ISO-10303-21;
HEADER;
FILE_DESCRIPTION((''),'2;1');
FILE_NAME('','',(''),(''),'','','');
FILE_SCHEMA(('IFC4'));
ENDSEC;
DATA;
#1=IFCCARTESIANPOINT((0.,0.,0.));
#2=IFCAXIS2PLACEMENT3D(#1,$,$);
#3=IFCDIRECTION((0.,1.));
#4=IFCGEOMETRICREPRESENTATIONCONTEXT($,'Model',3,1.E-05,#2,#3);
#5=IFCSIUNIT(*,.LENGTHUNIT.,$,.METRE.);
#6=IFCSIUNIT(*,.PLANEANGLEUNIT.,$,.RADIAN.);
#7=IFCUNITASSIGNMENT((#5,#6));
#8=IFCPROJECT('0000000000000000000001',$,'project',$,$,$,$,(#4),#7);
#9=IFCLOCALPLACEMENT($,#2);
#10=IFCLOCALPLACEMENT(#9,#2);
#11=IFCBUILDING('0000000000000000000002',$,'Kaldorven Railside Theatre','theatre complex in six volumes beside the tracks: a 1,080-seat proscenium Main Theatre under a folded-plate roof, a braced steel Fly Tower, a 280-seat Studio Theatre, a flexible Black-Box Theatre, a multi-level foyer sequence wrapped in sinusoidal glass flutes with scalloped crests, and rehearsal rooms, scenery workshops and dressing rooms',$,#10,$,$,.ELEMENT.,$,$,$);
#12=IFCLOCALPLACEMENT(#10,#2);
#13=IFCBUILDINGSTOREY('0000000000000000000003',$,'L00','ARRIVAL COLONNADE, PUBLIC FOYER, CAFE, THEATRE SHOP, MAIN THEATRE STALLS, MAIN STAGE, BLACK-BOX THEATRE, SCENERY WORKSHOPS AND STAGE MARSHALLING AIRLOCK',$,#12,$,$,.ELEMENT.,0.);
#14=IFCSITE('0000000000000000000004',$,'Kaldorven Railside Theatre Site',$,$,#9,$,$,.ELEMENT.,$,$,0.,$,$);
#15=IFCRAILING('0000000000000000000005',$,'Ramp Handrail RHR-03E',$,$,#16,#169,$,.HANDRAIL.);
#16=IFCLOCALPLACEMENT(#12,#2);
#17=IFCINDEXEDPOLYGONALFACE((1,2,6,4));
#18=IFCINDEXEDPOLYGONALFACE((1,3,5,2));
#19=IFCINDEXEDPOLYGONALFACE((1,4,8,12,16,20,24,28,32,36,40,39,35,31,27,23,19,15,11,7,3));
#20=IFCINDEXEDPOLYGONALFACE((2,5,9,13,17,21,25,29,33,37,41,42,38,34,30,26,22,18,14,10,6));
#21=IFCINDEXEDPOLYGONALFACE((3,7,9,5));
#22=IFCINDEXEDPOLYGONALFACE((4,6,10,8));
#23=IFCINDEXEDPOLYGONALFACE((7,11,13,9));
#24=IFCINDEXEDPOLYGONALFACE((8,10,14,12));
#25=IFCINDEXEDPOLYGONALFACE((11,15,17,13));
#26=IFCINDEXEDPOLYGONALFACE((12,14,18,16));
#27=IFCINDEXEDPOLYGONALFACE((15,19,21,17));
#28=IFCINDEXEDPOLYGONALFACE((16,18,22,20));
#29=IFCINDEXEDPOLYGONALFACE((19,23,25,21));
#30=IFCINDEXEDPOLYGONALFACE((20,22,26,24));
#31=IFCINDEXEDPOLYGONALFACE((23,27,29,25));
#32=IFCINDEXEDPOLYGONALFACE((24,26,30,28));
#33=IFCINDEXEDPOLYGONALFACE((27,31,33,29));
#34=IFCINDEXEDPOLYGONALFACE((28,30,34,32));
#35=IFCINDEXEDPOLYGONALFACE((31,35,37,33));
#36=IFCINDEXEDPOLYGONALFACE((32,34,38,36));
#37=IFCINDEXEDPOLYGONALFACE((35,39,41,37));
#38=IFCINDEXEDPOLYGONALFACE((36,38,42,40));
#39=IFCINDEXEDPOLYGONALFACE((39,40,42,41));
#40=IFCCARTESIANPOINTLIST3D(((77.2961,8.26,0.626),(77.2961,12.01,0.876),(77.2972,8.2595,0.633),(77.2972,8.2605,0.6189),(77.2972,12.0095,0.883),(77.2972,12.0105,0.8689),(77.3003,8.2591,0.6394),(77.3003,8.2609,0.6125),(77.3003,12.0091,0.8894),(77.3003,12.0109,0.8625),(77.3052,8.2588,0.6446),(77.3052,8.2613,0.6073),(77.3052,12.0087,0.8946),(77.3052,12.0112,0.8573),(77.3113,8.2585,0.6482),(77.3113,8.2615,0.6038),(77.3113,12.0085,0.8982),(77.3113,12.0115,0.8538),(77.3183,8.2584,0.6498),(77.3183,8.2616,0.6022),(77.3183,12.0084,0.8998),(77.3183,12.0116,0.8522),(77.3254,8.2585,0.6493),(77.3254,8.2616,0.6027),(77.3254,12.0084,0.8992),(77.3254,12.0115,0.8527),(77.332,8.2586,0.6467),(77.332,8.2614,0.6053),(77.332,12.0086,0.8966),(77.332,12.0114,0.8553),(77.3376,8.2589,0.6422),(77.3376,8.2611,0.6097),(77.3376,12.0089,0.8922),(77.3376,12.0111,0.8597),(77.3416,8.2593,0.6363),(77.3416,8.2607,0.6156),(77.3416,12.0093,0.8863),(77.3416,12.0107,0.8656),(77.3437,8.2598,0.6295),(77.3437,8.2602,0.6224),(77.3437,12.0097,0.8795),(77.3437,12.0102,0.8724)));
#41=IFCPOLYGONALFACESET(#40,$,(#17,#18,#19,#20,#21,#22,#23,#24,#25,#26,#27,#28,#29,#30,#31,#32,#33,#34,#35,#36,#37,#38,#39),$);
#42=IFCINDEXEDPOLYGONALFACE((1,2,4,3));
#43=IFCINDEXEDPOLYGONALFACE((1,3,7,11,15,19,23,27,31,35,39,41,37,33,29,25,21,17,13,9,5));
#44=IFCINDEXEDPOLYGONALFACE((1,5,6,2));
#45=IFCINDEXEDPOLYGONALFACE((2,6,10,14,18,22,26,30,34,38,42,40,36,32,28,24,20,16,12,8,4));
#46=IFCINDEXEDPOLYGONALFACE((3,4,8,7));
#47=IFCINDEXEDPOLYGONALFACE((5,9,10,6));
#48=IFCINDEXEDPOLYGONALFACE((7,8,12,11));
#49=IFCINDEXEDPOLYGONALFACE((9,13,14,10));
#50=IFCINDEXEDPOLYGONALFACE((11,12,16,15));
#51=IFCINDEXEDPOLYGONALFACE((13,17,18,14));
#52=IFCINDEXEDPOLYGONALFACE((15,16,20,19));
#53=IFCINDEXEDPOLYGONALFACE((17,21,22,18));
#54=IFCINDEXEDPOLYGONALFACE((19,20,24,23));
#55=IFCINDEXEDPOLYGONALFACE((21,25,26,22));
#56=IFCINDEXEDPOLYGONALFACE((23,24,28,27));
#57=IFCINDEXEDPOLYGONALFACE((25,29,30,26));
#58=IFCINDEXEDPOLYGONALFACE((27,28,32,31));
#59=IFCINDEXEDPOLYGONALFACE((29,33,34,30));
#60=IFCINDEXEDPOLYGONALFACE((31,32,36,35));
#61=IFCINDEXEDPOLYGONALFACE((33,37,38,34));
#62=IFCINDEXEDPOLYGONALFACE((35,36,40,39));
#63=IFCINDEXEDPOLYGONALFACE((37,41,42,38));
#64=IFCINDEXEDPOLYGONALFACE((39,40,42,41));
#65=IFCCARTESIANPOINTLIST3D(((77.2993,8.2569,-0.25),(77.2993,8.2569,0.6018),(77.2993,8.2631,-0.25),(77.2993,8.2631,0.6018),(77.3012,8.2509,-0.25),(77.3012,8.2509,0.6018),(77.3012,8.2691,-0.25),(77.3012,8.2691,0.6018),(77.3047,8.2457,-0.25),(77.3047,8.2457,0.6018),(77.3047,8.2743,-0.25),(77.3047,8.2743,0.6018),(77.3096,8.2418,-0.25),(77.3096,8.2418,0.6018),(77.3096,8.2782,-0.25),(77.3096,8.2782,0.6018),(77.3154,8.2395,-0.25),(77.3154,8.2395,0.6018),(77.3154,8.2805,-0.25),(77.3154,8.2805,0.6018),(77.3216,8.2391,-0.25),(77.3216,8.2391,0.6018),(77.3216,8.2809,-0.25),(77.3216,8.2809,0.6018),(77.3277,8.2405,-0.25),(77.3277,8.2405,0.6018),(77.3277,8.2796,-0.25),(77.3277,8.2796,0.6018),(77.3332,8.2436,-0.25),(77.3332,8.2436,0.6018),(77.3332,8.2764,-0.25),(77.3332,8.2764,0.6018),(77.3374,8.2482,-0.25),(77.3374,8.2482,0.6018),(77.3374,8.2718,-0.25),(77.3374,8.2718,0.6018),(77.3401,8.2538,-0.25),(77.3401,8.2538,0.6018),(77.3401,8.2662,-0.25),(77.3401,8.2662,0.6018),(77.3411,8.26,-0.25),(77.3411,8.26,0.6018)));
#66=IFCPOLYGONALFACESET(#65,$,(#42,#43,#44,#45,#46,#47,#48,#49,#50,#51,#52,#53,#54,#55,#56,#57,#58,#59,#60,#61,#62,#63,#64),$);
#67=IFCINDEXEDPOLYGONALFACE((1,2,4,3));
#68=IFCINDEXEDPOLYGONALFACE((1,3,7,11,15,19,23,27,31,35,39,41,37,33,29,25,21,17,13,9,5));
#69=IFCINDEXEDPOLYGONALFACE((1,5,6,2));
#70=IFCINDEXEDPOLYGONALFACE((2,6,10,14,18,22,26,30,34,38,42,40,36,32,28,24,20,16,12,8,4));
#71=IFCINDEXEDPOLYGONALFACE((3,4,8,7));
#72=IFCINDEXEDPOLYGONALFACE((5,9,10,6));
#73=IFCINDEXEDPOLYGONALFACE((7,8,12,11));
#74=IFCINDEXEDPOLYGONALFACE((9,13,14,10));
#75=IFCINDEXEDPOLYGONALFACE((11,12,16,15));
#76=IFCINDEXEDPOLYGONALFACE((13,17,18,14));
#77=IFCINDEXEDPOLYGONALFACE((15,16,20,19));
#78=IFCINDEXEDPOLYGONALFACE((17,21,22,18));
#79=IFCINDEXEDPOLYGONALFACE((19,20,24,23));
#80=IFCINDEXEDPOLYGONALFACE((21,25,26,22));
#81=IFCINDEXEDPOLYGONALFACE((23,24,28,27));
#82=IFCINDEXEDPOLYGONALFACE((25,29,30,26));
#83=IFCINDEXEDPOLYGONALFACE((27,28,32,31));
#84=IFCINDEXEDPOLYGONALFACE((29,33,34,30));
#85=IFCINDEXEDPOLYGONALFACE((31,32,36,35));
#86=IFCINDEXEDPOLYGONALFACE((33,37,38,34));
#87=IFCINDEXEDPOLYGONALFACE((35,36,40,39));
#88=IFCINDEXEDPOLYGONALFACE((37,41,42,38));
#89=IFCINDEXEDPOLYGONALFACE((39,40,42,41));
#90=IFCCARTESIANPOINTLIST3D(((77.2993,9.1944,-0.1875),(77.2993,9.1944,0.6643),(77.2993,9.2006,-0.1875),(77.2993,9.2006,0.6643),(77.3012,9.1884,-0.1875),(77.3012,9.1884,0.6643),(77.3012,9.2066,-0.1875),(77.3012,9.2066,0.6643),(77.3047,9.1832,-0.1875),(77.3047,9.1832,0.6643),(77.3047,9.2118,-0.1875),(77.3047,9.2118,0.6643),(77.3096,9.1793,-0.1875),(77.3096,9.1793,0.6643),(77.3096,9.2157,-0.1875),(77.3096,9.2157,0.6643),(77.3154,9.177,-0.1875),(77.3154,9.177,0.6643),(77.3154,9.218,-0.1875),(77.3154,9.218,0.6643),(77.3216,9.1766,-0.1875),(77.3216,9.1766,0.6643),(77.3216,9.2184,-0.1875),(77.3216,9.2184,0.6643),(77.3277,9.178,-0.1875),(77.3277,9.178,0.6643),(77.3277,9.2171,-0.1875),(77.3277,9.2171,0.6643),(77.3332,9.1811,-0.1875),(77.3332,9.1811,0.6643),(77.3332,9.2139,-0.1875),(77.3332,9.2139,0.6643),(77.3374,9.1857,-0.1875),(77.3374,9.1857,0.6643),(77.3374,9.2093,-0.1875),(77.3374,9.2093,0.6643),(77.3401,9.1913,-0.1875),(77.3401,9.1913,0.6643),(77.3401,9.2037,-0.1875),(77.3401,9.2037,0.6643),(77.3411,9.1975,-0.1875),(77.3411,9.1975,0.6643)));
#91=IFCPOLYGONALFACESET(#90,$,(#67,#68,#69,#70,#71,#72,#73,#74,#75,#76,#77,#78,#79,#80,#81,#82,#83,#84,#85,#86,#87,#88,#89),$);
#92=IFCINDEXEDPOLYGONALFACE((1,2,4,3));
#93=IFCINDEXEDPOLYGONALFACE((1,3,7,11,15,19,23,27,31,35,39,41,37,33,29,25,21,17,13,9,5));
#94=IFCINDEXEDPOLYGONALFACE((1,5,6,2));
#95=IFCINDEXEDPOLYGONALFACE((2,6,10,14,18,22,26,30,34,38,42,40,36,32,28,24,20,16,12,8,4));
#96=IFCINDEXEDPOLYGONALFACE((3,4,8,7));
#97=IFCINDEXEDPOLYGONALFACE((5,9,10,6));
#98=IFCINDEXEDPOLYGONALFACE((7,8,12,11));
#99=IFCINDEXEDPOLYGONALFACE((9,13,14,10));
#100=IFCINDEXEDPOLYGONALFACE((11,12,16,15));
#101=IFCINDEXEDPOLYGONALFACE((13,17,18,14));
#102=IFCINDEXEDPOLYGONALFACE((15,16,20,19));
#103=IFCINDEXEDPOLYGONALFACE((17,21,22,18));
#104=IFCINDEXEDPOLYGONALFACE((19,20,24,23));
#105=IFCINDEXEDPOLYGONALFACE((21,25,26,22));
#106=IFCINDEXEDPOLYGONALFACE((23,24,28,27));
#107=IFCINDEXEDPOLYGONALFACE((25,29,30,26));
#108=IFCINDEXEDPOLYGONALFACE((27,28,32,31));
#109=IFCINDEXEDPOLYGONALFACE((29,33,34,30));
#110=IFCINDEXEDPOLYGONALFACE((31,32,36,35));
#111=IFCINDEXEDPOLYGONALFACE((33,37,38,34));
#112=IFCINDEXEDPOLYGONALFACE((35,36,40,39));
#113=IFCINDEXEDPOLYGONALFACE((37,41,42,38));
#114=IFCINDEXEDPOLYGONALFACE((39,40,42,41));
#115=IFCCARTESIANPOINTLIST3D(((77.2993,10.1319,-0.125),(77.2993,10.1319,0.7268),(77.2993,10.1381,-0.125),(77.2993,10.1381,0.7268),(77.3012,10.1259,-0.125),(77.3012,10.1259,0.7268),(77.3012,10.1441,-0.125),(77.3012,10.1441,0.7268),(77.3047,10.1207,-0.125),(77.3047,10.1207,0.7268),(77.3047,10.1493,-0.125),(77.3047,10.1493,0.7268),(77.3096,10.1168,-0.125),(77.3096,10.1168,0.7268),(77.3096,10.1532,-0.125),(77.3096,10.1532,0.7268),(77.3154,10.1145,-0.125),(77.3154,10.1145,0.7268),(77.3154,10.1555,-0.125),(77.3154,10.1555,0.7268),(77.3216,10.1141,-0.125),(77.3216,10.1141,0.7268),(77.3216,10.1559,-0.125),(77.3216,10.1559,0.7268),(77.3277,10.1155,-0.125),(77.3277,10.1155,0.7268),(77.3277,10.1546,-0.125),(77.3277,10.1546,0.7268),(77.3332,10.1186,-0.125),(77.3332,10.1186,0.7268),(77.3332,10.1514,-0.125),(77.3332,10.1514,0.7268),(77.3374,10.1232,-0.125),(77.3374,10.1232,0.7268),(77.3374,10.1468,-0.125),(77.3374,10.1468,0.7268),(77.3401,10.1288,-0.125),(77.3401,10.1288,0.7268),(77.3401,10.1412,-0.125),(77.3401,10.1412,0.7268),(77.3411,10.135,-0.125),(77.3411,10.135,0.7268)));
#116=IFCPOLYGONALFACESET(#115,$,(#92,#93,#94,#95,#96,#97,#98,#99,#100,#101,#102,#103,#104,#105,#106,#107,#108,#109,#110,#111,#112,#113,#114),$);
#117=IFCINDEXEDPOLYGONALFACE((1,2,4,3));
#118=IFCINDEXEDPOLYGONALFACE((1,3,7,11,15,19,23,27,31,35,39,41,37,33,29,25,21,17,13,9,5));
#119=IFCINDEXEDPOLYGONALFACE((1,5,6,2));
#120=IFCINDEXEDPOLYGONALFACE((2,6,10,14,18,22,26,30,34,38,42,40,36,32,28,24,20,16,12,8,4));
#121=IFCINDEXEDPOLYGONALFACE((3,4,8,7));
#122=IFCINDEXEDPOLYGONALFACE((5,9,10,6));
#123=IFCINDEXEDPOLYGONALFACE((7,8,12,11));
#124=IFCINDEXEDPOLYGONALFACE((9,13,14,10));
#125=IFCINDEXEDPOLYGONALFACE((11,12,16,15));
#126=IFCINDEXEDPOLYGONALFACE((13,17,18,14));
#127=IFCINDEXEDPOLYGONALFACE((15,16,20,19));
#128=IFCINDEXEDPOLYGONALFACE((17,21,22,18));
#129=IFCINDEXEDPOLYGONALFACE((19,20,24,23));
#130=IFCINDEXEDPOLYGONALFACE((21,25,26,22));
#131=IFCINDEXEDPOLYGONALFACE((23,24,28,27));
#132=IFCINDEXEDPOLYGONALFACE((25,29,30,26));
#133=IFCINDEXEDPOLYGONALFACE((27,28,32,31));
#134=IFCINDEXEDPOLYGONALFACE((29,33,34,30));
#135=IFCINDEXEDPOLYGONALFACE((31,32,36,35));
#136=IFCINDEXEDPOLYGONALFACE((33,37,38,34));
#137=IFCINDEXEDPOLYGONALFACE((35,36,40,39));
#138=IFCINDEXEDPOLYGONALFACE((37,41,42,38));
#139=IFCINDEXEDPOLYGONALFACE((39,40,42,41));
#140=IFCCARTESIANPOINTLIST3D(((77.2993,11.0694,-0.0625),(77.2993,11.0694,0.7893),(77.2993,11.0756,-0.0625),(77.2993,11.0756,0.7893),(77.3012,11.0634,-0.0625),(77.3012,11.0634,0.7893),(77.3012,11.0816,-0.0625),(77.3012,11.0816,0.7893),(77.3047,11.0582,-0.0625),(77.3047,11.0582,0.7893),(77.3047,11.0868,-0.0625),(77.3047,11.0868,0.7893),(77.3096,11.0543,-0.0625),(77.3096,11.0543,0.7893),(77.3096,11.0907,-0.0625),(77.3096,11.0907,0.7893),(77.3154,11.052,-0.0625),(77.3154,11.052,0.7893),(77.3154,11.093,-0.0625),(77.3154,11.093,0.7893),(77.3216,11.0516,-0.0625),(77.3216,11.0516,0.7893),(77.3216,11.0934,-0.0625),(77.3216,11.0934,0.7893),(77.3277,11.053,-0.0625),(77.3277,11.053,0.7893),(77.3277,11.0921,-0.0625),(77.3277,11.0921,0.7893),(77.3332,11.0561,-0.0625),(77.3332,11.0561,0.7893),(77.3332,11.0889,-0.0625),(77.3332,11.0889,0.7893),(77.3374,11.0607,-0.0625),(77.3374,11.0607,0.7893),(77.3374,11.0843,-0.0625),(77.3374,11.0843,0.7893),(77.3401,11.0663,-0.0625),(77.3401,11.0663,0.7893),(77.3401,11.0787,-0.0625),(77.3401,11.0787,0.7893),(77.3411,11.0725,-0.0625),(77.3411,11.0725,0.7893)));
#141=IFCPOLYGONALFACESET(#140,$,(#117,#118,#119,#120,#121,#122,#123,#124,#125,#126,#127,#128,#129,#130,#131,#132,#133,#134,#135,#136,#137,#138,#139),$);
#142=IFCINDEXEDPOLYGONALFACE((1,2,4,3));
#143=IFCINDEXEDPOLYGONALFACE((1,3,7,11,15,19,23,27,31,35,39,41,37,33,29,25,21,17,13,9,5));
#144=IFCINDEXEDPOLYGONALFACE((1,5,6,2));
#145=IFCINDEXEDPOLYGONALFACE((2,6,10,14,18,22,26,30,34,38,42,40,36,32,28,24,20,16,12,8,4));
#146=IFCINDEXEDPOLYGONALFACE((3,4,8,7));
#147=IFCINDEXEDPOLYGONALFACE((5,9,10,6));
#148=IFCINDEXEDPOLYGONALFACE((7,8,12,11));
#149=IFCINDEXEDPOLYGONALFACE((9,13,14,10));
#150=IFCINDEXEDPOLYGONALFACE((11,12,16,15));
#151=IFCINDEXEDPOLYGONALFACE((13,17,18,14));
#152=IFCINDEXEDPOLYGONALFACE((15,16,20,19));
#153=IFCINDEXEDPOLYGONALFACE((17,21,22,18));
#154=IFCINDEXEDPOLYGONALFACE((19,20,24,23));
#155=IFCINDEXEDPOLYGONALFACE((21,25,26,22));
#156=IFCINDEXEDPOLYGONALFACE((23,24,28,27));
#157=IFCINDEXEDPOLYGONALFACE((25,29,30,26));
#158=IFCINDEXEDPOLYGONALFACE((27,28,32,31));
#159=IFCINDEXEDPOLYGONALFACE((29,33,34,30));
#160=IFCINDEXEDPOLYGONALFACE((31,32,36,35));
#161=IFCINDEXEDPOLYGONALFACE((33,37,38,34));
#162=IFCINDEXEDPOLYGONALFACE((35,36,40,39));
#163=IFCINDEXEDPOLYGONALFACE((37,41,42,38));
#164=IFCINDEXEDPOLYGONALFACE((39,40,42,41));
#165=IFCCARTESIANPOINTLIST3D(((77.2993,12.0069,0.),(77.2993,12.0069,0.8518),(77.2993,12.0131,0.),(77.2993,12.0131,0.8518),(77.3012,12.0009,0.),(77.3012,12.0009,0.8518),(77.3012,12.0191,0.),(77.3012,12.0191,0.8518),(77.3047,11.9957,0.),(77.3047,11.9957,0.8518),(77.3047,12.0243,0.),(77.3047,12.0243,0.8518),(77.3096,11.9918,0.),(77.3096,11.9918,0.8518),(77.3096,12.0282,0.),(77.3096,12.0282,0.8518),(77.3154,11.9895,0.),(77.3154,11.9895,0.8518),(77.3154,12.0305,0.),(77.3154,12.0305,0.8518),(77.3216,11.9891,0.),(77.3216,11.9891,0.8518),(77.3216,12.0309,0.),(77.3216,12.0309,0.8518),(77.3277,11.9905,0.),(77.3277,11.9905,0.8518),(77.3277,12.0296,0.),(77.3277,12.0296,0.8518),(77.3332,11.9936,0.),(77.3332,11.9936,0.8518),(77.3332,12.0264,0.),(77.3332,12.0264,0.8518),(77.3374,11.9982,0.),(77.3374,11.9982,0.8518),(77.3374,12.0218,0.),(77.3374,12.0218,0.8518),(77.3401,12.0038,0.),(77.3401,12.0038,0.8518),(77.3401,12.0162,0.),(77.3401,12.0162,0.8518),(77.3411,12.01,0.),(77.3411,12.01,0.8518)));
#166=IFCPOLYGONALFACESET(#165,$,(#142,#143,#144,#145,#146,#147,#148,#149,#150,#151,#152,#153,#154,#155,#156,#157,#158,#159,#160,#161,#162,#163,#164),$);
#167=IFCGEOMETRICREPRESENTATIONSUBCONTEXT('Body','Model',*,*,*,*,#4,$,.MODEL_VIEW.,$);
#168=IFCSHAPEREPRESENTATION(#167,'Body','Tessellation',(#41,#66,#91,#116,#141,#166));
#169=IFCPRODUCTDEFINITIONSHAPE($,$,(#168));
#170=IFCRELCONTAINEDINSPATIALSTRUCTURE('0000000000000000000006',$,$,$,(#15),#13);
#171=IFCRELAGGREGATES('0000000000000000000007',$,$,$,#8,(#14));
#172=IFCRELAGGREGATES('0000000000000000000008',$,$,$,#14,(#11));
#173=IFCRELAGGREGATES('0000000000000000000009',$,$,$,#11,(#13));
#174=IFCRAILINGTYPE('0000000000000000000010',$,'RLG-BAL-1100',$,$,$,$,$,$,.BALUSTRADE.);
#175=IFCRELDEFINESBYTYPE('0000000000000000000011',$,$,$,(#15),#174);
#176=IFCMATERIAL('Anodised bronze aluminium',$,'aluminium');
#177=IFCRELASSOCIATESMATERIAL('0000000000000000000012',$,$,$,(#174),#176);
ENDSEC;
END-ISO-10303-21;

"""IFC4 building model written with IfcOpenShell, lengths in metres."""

from ifc_helpers import new_model, si_unit, direction, frame, origin, origin_2d, place, context, subcontext, project, spatial, circle, extrude, material, type_object, element, save


model = new_model("IFC4")

# Units and contexts
model_context = context("Model", 3, precision=1e-05, world=origin(), true_north=direction((0.0, 1.0)))
body_context = subcontext(model_context, "Body", "Model", "MODEL_VIEW")
ifc_project = project(units=[si_unit("LENGTHUNIT", "METRE"), si_unit("PLANEANGLEUNIT", "RADIAN")], contexts=[model_context])

# Site, building, storey
site_placement = place(None, origin())
site = spatial("IfcSite", under=ifc_project, at=site_placement, Name="Kaldorven Railside Theatre Site", CompositionType="ELEMENT", RefElevation=0.0)
building_placement = place(site_placement, origin())
building = spatial("IfcBuilding", under=site, at=building_placement, Name="Kaldorven Railside Theatre", Description="theatre complex in six volumes beside the tracks: a 1,080-seat proscenium Main Theatre under a folded-plate roof, a braced steel Fly Tower, a 280-seat Studio Theatre, a flexible Black-Box Theatre, a multi-level foyer sequence wrapped in sinusoidal glass flutes with scalloped crests, and rehearsal rooms, scenery workshops and dressing rooms", CompositionType="ELEMENT")
storey_placement = place(building_placement, origin())
storey = spatial("IfcBuildingStorey", under=building, at=storey_placement, Name="L00", Description="ARRIVAL COLONNADE, PUBLIC FOYER, CAFE, THEATRE SHOP, MAIN THEATRE STALLS, MAIN STAGE, BLACK-BOX THEATRE, SCENERY WORKSHOPS AND STAGE MARSHALLING AIRLOCK", CompositionType="ELEMENT", Elevation=0.0)

# Shared definitions
ifc_material_1 = material(Name="Anodised bronze aluminium", Category="aluminium")

# Railing
railing_type = type_object("IfcRailingType", Name="RLG-BAL-1100", PredefinedType="BALUSTRADE", material=ifc_material_1)
railing_placement = place(storey_placement, frame((77.3201, 8.26, -0.25)))
element("IfcRailing", 1, at=railing_placement, inside=storey, type_object=railing_type, Name="Ramp Handrail RHR-03E", PredefinedType="HANDRAIL", context=body_context, shape_type="SweptSolid", body=[
    extrude(circle(Radius=0.0239, at=origin_2d()), frame((0.0, 0.0, 0.876), z_axis=(0.0, 0.997785, 0.066519), x_axis=(-1.0, 0.0, 0.0)), (0.0, 0.0, 1.0), 3.7583),
    extrude(circle(Radius=0.021, at=origin_2d()), origin(), (0.0, 0.0, 1.0), 0.8518),
    extrude(circle(Radius=0.021, at=origin_2d()), frame((0.0, 0.9375, 0.0625)), (0.0, 0.0, 1.0), 0.8518),
    extrude(circle(Radius=0.021, at=origin_2d()), frame((0.0, 1.875, 0.125)), (0.0, 0.0, 1.0), 0.8518),
    extrude(circle(Radius=0.021, at=origin_2d()), frame((0.0, 2.8125, 0.1875)), (0.0, 0.0, 1.0), 0.8518),
    extrude(circle(Radius=0.021, at=origin_2d()), frame((0.0, 3.75, 0.25)), (0.0, 0.0, 1.0), 0.8518),
])

save(model, "model.ifc")
